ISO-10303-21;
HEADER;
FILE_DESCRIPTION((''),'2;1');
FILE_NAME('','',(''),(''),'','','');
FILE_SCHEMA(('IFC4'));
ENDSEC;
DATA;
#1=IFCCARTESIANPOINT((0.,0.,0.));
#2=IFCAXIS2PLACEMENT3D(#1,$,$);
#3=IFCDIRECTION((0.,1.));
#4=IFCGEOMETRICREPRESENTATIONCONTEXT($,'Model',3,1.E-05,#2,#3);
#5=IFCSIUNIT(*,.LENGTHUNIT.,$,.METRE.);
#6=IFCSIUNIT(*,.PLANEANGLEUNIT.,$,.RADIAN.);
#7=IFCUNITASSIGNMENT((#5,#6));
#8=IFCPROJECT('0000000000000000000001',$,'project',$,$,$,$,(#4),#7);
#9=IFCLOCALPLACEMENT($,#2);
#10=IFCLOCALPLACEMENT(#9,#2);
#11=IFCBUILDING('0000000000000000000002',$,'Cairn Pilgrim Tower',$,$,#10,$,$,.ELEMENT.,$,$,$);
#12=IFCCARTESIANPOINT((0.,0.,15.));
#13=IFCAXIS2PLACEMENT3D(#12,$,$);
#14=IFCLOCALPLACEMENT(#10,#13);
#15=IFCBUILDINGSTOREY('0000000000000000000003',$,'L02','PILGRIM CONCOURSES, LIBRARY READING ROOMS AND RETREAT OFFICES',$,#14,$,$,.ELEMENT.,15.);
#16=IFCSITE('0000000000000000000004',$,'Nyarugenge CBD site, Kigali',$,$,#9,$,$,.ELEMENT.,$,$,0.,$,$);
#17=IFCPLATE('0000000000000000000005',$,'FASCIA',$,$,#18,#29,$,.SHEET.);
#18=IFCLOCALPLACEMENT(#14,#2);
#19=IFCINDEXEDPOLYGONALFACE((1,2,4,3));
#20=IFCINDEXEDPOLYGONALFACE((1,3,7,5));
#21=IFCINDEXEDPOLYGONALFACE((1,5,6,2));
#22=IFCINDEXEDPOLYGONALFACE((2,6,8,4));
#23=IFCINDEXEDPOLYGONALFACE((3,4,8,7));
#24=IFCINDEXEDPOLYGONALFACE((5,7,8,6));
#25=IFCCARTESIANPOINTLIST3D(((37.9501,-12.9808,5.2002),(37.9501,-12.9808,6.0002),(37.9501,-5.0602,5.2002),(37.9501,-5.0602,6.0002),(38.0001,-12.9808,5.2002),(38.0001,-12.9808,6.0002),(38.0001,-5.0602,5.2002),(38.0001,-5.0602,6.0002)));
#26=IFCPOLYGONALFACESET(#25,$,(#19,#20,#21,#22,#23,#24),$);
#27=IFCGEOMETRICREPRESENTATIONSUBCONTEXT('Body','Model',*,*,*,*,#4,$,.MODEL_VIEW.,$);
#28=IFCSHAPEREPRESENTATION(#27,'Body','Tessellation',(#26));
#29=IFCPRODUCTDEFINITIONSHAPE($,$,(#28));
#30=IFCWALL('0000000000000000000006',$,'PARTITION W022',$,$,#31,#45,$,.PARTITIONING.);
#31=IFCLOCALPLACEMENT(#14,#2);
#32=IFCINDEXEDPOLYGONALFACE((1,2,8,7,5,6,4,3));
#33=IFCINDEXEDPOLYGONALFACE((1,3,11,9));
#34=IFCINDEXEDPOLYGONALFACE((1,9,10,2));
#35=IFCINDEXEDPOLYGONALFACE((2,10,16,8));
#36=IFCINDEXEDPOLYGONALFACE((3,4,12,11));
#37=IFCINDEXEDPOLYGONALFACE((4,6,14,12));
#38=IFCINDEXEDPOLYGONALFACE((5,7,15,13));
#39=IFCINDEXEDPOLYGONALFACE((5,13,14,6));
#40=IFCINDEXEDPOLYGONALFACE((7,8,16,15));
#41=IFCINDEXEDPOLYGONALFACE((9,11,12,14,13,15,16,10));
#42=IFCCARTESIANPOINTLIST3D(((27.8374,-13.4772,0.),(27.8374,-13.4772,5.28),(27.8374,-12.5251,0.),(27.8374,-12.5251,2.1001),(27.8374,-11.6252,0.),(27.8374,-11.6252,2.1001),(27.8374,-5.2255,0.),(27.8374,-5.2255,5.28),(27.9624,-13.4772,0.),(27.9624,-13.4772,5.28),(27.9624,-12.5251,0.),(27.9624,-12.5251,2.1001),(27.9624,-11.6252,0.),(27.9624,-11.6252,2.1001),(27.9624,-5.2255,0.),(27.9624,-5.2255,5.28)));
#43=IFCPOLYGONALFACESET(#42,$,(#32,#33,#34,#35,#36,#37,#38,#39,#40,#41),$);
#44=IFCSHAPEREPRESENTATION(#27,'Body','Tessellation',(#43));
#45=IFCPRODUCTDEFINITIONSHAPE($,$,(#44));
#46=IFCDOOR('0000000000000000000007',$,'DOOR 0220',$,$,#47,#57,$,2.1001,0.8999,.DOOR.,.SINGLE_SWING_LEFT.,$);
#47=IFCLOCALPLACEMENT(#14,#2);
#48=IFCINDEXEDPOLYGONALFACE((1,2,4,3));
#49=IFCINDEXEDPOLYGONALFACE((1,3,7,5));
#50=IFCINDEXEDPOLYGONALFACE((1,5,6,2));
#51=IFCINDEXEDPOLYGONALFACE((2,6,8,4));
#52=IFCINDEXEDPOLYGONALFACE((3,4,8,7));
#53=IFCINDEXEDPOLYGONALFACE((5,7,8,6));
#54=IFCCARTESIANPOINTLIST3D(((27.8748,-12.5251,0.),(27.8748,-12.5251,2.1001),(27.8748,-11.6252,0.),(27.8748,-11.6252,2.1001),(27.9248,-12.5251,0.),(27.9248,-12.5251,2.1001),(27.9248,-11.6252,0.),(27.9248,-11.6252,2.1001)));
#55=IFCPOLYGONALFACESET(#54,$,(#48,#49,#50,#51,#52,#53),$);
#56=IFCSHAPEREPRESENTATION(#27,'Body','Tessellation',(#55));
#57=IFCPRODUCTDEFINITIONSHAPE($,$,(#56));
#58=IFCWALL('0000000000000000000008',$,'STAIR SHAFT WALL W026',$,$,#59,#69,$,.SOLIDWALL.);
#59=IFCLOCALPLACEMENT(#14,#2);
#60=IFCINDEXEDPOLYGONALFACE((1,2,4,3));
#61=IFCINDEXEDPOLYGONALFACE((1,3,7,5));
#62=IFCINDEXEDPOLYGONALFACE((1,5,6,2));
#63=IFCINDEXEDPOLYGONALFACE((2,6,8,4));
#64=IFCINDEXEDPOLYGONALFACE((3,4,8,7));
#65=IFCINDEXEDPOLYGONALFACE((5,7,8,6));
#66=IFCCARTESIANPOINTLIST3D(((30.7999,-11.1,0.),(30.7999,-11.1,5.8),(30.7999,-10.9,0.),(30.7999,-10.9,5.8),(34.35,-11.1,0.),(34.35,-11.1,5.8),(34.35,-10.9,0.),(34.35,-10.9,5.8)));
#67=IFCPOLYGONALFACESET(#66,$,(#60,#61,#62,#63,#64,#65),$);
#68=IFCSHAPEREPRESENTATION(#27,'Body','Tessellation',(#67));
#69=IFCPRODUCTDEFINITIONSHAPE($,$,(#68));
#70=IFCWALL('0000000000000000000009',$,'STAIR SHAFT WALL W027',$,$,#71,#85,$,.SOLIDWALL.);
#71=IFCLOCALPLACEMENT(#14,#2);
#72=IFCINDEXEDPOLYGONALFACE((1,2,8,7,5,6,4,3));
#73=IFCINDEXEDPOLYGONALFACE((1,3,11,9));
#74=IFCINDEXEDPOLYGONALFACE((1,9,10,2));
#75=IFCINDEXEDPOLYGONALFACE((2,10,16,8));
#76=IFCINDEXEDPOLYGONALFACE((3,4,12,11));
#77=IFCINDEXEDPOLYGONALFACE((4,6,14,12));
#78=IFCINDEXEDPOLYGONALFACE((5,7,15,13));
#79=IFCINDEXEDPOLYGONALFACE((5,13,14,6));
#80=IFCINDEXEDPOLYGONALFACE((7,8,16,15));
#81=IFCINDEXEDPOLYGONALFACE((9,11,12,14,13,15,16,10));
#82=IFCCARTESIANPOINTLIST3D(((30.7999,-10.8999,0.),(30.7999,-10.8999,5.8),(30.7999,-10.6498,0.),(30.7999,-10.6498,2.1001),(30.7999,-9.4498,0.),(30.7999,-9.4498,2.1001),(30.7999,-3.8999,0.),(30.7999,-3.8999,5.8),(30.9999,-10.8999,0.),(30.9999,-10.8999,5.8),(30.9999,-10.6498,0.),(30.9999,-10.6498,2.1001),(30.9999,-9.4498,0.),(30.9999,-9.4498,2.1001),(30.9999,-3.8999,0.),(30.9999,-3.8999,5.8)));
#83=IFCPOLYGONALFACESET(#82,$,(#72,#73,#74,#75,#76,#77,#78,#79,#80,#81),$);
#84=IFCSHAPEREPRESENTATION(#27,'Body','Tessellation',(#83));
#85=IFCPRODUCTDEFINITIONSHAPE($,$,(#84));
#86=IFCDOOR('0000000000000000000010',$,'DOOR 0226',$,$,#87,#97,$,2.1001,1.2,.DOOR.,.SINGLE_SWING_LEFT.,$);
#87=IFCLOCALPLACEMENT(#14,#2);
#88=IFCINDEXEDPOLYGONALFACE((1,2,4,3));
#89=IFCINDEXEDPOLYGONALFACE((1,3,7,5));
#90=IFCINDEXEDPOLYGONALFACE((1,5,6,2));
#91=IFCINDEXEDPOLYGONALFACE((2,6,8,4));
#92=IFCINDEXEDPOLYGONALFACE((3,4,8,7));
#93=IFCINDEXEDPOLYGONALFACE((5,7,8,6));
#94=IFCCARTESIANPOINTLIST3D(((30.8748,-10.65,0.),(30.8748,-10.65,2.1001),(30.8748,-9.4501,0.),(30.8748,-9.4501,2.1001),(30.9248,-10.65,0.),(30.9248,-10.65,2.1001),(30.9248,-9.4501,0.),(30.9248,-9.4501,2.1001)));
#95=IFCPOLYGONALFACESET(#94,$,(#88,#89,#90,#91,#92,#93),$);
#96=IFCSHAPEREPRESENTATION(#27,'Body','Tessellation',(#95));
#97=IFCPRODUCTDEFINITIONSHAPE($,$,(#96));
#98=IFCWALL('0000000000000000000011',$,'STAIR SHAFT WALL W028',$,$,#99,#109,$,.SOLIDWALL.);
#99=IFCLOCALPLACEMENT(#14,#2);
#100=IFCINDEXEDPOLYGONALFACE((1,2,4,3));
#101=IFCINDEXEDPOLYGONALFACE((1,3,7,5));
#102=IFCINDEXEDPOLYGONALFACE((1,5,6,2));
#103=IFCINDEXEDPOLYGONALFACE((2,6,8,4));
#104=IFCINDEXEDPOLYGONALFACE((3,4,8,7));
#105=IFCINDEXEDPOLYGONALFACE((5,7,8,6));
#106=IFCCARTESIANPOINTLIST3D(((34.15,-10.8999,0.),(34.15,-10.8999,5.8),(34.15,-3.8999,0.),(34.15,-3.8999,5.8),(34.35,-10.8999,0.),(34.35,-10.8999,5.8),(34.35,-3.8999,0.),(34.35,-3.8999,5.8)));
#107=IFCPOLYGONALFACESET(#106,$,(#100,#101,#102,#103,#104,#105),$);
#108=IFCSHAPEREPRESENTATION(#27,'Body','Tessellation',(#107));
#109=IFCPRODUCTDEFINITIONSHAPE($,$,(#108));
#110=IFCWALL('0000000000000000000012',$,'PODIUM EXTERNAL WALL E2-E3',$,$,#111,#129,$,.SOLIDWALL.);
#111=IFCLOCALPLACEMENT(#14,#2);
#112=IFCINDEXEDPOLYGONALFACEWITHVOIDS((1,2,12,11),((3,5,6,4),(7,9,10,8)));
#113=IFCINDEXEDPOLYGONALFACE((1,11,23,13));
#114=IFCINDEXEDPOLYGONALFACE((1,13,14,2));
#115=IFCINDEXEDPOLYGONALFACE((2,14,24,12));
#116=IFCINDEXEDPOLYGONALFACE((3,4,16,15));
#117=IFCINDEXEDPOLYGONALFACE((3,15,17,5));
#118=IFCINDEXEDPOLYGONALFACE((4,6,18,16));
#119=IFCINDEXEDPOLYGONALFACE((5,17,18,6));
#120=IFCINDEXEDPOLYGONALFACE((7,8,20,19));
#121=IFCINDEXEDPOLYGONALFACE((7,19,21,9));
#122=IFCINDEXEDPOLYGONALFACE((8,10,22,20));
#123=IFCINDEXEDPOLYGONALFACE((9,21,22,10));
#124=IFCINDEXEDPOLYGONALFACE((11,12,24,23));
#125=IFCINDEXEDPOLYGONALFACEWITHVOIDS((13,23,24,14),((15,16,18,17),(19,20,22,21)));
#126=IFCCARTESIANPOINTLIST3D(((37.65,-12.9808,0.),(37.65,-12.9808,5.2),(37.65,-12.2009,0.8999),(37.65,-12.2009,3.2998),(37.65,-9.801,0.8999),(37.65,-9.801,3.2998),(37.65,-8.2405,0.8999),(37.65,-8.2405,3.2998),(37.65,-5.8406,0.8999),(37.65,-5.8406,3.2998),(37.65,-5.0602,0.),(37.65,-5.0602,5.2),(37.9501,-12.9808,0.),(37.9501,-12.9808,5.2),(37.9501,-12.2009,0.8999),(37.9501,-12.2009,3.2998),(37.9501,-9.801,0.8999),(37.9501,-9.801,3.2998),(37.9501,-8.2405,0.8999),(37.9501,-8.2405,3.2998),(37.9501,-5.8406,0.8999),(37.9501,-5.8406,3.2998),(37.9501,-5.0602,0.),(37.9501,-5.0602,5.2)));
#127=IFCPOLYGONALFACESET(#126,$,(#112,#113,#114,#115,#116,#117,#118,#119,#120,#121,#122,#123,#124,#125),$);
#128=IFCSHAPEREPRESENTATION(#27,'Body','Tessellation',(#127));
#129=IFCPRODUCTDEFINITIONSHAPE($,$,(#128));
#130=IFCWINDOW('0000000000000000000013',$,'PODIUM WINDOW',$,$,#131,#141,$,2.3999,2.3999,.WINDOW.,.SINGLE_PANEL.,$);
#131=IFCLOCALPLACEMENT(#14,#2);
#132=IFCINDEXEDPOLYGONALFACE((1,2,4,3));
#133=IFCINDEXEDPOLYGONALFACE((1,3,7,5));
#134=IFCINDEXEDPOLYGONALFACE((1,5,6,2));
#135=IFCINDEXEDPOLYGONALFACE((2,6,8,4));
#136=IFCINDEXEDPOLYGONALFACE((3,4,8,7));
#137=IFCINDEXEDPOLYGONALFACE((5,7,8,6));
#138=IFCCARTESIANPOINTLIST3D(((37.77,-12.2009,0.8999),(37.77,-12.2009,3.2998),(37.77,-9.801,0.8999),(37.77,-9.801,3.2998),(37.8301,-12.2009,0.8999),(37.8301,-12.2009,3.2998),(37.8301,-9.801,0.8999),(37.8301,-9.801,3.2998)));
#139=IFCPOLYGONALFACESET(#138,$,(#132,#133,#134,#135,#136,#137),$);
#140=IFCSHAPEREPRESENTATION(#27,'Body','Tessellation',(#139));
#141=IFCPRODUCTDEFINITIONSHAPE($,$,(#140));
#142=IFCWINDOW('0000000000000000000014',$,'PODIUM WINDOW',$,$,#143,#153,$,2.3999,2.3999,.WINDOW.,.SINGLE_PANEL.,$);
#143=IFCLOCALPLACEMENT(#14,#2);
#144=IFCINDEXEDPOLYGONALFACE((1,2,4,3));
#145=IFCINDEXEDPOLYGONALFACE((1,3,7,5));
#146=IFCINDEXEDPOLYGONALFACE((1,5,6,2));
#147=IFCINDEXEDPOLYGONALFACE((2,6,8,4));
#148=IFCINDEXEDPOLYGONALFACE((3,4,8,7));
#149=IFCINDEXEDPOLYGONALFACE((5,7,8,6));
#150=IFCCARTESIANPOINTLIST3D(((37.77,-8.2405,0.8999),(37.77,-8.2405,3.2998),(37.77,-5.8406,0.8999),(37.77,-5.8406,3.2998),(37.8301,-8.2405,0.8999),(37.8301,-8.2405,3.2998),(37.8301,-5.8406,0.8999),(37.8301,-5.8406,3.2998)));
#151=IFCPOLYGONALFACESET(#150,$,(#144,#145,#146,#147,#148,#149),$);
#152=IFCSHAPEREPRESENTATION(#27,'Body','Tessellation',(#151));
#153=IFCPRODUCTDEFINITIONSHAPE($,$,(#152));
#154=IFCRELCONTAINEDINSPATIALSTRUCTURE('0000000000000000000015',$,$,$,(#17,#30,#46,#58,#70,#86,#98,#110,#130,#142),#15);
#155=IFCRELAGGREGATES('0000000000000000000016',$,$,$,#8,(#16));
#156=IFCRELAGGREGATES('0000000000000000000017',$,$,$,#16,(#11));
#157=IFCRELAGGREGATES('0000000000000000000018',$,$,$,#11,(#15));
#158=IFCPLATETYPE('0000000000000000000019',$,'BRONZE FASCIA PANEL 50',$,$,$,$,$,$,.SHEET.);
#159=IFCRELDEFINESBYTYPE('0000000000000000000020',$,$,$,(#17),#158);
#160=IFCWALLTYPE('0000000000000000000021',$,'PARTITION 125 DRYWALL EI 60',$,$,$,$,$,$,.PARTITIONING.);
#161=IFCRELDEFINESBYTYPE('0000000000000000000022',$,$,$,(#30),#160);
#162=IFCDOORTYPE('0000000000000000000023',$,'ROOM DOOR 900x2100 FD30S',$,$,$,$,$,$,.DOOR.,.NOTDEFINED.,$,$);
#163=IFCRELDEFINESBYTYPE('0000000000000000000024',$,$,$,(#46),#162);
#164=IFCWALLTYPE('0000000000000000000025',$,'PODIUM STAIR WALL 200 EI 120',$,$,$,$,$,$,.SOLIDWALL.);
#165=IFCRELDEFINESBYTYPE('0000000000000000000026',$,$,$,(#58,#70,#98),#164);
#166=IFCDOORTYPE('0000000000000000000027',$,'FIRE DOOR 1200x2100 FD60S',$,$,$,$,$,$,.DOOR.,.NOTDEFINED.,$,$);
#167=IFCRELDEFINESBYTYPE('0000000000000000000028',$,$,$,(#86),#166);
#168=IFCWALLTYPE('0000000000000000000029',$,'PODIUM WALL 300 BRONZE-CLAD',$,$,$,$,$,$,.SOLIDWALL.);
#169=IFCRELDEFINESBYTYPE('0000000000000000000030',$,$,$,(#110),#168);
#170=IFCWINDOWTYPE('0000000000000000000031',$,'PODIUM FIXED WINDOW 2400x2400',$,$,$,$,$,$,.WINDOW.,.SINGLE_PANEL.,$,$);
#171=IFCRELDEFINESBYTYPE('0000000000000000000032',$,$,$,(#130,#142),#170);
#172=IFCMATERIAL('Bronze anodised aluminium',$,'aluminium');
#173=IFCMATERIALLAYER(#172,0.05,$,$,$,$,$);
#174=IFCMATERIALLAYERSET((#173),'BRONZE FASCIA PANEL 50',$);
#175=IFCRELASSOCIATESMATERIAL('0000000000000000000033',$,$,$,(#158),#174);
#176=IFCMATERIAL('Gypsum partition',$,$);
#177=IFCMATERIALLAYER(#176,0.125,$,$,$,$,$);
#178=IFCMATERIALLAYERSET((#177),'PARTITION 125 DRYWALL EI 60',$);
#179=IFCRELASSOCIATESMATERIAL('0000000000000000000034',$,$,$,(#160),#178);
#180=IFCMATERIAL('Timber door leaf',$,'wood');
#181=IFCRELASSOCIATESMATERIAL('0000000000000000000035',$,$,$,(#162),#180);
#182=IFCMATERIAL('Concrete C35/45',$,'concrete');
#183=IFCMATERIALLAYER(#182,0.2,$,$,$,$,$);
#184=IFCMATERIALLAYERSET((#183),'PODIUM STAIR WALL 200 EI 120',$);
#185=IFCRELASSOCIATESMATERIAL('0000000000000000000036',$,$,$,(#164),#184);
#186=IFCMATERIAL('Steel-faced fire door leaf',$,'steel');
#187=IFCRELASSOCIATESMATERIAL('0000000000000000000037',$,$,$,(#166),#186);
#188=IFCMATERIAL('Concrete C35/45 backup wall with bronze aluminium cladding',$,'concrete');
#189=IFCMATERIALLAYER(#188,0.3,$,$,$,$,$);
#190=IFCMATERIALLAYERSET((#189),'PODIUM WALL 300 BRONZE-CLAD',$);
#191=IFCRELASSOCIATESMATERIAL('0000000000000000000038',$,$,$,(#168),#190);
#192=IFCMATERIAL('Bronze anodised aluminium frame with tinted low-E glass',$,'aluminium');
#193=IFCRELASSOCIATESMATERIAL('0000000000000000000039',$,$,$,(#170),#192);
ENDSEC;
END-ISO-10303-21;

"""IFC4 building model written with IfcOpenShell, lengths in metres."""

from ifc_helpers import new_model, si_unit, direction, frame, frame_2d, origin, origin_2d, place, context, subcontext, project, spatial, rectangle, extrude, material, layer, layer_set, type_object, element, fill, save


model = new_model("IFC4")

# Units and contexts
model_context = context("Model", 3, precision=1e-05, world=origin(), true_north=direction((0.0, 1.0)))
body_context = subcontext(model_context, "Body", "Model", "MODEL_VIEW")
ifc_project = project(units=[si_unit("LENGTHUNIT", "METRE"), si_unit("PLANEANGLEUNIT", "RADIAN")], contexts=[model_context])

# Site, building, storey
site_placement = place(None, origin())
site = spatial("IfcSite", under=ifc_project, at=site_placement, Name="Nyarugenge CBD site, Kigali", CompositionType="ELEMENT", RefElevation=0.0)
building_placement = place(site_placement, origin())
building = spatial("IfcBuilding", under=site, at=building_placement, Name="Cairn Pilgrim Tower", CompositionType="ELEMENT")
storey_placement = place(building_placement, frame((0.0, 0.0, 15.0)))
storey = spatial("IfcBuildingStorey", under=building, at=storey_placement, Name="L02", Description="PILGRIM CONCOURSES, LIBRARY READING ROOMS AND RETREAT OFFICES", CompositionType="ELEMENT", Elevation=15.0)

# Plate
ifc_material_1 = material(Name="Bronze anodised aluminium", Category="aluminium")
ifc_layer_1 = layer(ifc_material_1, 0.05)
ifc_layer_set_1 = layer_set([ifc_layer_1], Name="BRONZE FASCIA PANEL 50")
plate_type = type_object("IfcPlateType", Name="BRONZE FASCIA PANEL 50", PredefinedType="SHEET", material=ifc_layer_set_1)
plate_placement = place(storey_placement, frame((37.9751, -9.0205, 5.2002), z_axis=(0.0, 0.0, 1.0), x_axis=(0.0, 1.0, 0.0)))
element("IfcPlate", 1, at=plate_placement, inside=storey, type_object=plate_type, Name="FASCIA", PredefinedType="SHEET", context=body_context, shape_type="SweptSolid", body=[
    extrude(rectangle(XDim=7.9207, YDim=0.05, at=origin_2d()), origin(), (0.0, 0.0, 1.0), 0.8),
])

# Wall, opening, door
ifc_material_2 = material(Name="Gypsum partition")
ifc_layer_2 = layer(ifc_material_2, 0.125)
ifc_layer_set_2 = layer_set([ifc_layer_2], Name="PARTITION 125 DRYWALL EI 60")
wall_type_1 = type_object("IfcWallType", Name="PARTITION 125 DRYWALL EI 60", PredefinedType="PARTITIONING", material=ifc_layer_set_2)
wall_1_placement = place(storey_placement, frame((27.8999, -13.4773, 0.0), z_axis=(0.0, 0.0, 1.0), x_axis=(0.0, 1.0, 0.0)))
wall_1 = element("IfcWall", 2, at=wall_1_placement, inside=storey, type_object=wall_type_1, Name="PARTITION W022", PredefinedType="PARTITIONING", context=body_context, shape_type="SweptSolid", body=[
    extrude(rectangle(XDim=8.2517, YDim=0.125, at=frame_2d((4.126, 0.0))), origin(), (0.0, 0.0, 1.0), 5.28),
])
opening_1_placement = place(wall_1_placement, frame((0.9521, 0.0, 0.0)))
opening_1 = element("IfcOpeningElement", 3, at=opening_1_placement, cuts=wall_1, PredefinedType="OPENING", context=body_context, shape_type="SweptSolid", body=[
    extrude(rectangle(XDim=0.8999, YDim=2.1001, at=frame_2d((0.45, 1.05))), frame((0.0, 0.0725, 0.0), z_axis=(0.0, -1.0, 0.0), x_axis=(1.0, 0.0, 0.0)), (0.0, 0.0, 1.0), 0.145),
])
ifc_material_3 = material(Name="Timber door leaf", Category="wood")
door_type_1 = type_object("IfcDoorType", Name="ROOM DOOR 900x2100 FD30S", OperationType="NOTDEFINED", PredefinedType="DOOR", material=ifc_material_3)
door_1_placement = place(opening_1_placement, frame((0.8999, 0.0, 0.0), z_axis=(0.0, 0.0, 1.0), x_axis=(-1.0, 0.0, 0.0)))
door_1 = element("IfcDoor", 4, at=door_1_placement, inside=storey, type_object=door_type_1, Name="DOOR 0220", OperationType="SINGLE_SWING_LEFT", OverallHeight=2.1001, OverallWidth=0.8999, PredefinedType="DOOR", context=body_context, shape_type="SweptSolid", body=[
    extrude(rectangle(XDim=0.8999, YDim=2.1001, at=frame_2d((0.45, 1.05))), frame((0.0, 0.0249, 0.0), z_axis=(0.0, -1.0, 0.0), x_axis=(1.0, 0.0, 0.0)), (0.0, 0.0, 1.0), 0.05),
])
fill(opening_1, door_1)

# Wall
ifc_material_4 = material(Name="Concrete C35/45", Category="concrete")
ifc_layer_3 = layer(ifc_material_4, 0.2)
ifc_layer_set_3 = layer_set([ifc_layer_3], Name="PODIUM STAIR WALL 200 EI 120")
wall_type_2 = type_object("IfcWallType", Name="PODIUM STAIR WALL 200 EI 120", PredefinedType="SOLIDWALL", material=ifc_layer_set_3)
wall_2_placement = place(storey_placement, frame((30.8, -11.0, 0.0), z_axis=(0.0, 0.0, 1.0), x_axis=(1.0, 0.0, 0.0)))
element("IfcWall", 5, at=wall_2_placement, inside=storey, type_object=wall_type_2, Name="STAIR SHAFT WALL W026", PredefinedType="SOLIDWALL", context=body_context, shape_type="SweptSolid", body=[
    extrude(rectangle(XDim=3.55, YDim=0.2, at=frame_2d((1.7749, 0.0))), origin(), (0.0, 0.0, 1.0), 5.8),
])

# Wall, opening, door
wall_3_placement = place(storey_placement, frame((30.8999, -10.8999, 0.0), z_axis=(0.0, 0.0, 1.0), x_axis=(0.0, 1.0, 0.0)))
wall_3 = element("IfcWall", 6, at=wall_3_placement, inside=storey, type_object=wall_type_2, Name="STAIR SHAFT WALL W027", PredefinedType="SOLIDWALL", context=body_context, shape_type="SweptSolid", body=[
    extrude(rectangle(XDim=7.0, YDim=0.2, at=frame_2d((3.5, 0.0))), origin(), (0.0, 0.0, 1.0), 5.8),
])
opening_2_placement = place(wall_3_placement, frame((0.25, 0.0, 0.0)))
opening_2 = element("IfcOpeningElement", 7, at=opening_2_placement, cuts=wall_3, PredefinedType="OPENING", context=body_context, shape_type="SweptSolid", body=[
    extrude(rectangle(XDim=1.2, YDim=2.1001, at=frame_2d((0.6001, 1.05))), frame((0.0, 0.1099, 0.0), z_axis=(0.0, -1.0, 0.0), x_axis=(1.0, 0.0, 0.0)), (0.0, 0.0, 1.0), 0.22),
])
ifc_material_5 = material(Name="Steel-faced fire door leaf", Category="steel")
door_type_2 = type_object("IfcDoorType", Name="FIRE DOOR 1200x2100 FD60S", OperationType="NOTDEFINED", PredefinedType="DOOR", material=ifc_material_5)
door_2_placement = place(opening_2_placement, frame((1.2, 0.0, 0.0), z_axis=(0.0, 0.0, 1.0), x_axis=(-1.0, 0.0, 0.0)))
door_2 = element("IfcDoor", 8, at=door_2_placement, inside=storey, type_object=door_type_2, Name="DOOR 0226", OperationType="SINGLE_SWING_LEFT", OverallHeight=2.1001, OverallWidth=1.2, PredefinedType="DOOR", context=body_context, shape_type="SweptSolid", body=[
    extrude(rectangle(XDim=1.2, YDim=2.1001, at=frame_2d((0.6001, 1.05))), frame((0.0, 0.0249, 0.0), z_axis=(0.0, -1.0, 0.0), x_axis=(1.0, 0.0, 0.0)), (0.0, 0.0, 1.0), 0.05),
])
fill(opening_2, door_2)

# Wall
wall_4_placement = place(storey_placement, frame((34.25, -10.8999, 0.0), z_axis=(0.0, 0.0, 1.0), x_axis=(0.0, 1.0, 0.0)))
element("IfcWall", 9, at=wall_4_placement, inside=storey, type_object=wall_type_2, Name="STAIR SHAFT WALL W028", PredefinedType="SOLIDWALL", context=body_context, shape_type="SweptSolid", body=[
    extrude(rectangle(XDim=7.0, YDim=0.2, at=frame_2d((3.5, 0.0))), origin(), (0.0, 0.0, 1.0), 5.8),
])

# Wall, openings, windows
ifc_material_6 = material(Name="Concrete C35/45 backup wall with bronze aluminium cladding", Category="concrete")
ifc_layer_4 = layer(ifc_material_6, 0.3)
ifc_layer_set_4 = layer_set([ifc_layer_4], Name="PODIUM WALL 300 BRONZE-CLAD")
wall_type_3 = type_object("IfcWallType", Name="PODIUM WALL 300 BRONZE-CLAD", PredefinedType="SOLIDWALL", material=ifc_layer_set_4)
wall_5_placement = place(storey_placement, frame((37.8, -12.981, 0.0), z_axis=(0.0, 0.0, 1.0), x_axis=(0.0, 1.0, 0.0)))
wall_5 = element("IfcWall", 10, at=wall_5_placement, inside=storey, type_object=wall_type_3, Name="PODIUM EXTERNAL WALL E2-E3", PredefinedType="SOLIDWALL", context=body_context, shape_type="SweptSolid", body=[
    extrude(rectangle(XDim=7.9207, YDim=0.3, at=frame_2d((3.9604, 0.0))), origin(), (0.0, 0.0, 1.0), 5.2),
])
opening_3_placement = place(wall_5_placement, frame((0.78, 0.0, 0.8999)))
opening_3 = element("IfcOpeningElement", 11, at=opening_3_placement, cuts=wall_5, PredefinedType="OPENING", context=body_context, shape_type="SweptSolid", body=[
    extrude(rectangle(XDim=2.3999, YDim=2.3999, at=frame_2d((1.2, 1.2))), frame((0.0, 0.1602, 0.0), z_axis=(0.0, -1.0, 0.0), x_axis=(1.0, 0.0, 0.0)), (0.0, 0.0, 1.0), 0.3201),
])
opening_4_placement = place(wall_5_placement, frame((4.7405, 0.0, 0.8999)))
opening_4 = element("IfcOpeningElement", 12, at=opening_4_placement, cuts=wall_5, PredefinedType="OPENING", context=body_context, shape_type="SweptSolid", body=[
    extrude(rectangle(XDim=2.3999, YDim=2.3999, at=frame_2d((1.2, 1.2))), frame((0.0, 0.1602, 0.0), z_axis=(0.0, -1.0, 0.0), x_axis=(1.0, 0.0, 0.0)), (0.0, 0.0, 1.0), 0.3201),
])
ifc_material_7 = material(Name="Bronze anodised aluminium frame with tinted low-E glass", Category="aluminium")
window_type = type_object("IfcWindowType", Name="PODIUM FIXED WINDOW 2400x2400", PartitioningType="SINGLE_PANEL", PredefinedType="WINDOW", material=ifc_material_7)
window_1_placement = place(opening_3_placement, origin())
window_1 = element("IfcWindow", 13, at=window_1_placement, inside=storey, type_object=window_type, Name="PODIUM WINDOW", OverallHeight=2.3999, OverallWidth=2.3999, PartitioningType="SINGLE_PANEL", PredefinedType="WINDOW", context=body_context, shape_type="SweptSolid", body=[
    extrude(rectangle(XDim=2.3999, YDim=2.3999, at=frame_2d((1.2, 1.2))), frame((0.0, 0.03, 0.0), z_axis=(0.0, -1.0, 0.0), x_axis=(1.0, 0.0, 0.0)), (0.0, 0.0, 1.0), 0.0601),
])
fill(opening_3, window_1)
window_2_placement = place(opening_4_placement, origin())
window_2 = element("IfcWindow", 14, at=window_2_placement, inside=storey, type_object=window_type, Name="PODIUM WINDOW", OverallHeight=2.3999, OverallWidth=2.3999, PartitioningType="SINGLE_PANEL", PredefinedType="WINDOW", context=body_context, shape_type="SweptSolid", body=[
    extrude(rectangle(XDim=2.3999, YDim=2.3999, at=frame_2d((1.2, 1.2))), frame((0.0, 0.03, 0.0), z_axis=(0.0, -1.0, 0.0), x_axis=(1.0, 0.0, 0.0)), (0.0, 0.0, 1.0), 0.0601),
])
fill(opening_4, window_2)

save(model, "model.ifc")
